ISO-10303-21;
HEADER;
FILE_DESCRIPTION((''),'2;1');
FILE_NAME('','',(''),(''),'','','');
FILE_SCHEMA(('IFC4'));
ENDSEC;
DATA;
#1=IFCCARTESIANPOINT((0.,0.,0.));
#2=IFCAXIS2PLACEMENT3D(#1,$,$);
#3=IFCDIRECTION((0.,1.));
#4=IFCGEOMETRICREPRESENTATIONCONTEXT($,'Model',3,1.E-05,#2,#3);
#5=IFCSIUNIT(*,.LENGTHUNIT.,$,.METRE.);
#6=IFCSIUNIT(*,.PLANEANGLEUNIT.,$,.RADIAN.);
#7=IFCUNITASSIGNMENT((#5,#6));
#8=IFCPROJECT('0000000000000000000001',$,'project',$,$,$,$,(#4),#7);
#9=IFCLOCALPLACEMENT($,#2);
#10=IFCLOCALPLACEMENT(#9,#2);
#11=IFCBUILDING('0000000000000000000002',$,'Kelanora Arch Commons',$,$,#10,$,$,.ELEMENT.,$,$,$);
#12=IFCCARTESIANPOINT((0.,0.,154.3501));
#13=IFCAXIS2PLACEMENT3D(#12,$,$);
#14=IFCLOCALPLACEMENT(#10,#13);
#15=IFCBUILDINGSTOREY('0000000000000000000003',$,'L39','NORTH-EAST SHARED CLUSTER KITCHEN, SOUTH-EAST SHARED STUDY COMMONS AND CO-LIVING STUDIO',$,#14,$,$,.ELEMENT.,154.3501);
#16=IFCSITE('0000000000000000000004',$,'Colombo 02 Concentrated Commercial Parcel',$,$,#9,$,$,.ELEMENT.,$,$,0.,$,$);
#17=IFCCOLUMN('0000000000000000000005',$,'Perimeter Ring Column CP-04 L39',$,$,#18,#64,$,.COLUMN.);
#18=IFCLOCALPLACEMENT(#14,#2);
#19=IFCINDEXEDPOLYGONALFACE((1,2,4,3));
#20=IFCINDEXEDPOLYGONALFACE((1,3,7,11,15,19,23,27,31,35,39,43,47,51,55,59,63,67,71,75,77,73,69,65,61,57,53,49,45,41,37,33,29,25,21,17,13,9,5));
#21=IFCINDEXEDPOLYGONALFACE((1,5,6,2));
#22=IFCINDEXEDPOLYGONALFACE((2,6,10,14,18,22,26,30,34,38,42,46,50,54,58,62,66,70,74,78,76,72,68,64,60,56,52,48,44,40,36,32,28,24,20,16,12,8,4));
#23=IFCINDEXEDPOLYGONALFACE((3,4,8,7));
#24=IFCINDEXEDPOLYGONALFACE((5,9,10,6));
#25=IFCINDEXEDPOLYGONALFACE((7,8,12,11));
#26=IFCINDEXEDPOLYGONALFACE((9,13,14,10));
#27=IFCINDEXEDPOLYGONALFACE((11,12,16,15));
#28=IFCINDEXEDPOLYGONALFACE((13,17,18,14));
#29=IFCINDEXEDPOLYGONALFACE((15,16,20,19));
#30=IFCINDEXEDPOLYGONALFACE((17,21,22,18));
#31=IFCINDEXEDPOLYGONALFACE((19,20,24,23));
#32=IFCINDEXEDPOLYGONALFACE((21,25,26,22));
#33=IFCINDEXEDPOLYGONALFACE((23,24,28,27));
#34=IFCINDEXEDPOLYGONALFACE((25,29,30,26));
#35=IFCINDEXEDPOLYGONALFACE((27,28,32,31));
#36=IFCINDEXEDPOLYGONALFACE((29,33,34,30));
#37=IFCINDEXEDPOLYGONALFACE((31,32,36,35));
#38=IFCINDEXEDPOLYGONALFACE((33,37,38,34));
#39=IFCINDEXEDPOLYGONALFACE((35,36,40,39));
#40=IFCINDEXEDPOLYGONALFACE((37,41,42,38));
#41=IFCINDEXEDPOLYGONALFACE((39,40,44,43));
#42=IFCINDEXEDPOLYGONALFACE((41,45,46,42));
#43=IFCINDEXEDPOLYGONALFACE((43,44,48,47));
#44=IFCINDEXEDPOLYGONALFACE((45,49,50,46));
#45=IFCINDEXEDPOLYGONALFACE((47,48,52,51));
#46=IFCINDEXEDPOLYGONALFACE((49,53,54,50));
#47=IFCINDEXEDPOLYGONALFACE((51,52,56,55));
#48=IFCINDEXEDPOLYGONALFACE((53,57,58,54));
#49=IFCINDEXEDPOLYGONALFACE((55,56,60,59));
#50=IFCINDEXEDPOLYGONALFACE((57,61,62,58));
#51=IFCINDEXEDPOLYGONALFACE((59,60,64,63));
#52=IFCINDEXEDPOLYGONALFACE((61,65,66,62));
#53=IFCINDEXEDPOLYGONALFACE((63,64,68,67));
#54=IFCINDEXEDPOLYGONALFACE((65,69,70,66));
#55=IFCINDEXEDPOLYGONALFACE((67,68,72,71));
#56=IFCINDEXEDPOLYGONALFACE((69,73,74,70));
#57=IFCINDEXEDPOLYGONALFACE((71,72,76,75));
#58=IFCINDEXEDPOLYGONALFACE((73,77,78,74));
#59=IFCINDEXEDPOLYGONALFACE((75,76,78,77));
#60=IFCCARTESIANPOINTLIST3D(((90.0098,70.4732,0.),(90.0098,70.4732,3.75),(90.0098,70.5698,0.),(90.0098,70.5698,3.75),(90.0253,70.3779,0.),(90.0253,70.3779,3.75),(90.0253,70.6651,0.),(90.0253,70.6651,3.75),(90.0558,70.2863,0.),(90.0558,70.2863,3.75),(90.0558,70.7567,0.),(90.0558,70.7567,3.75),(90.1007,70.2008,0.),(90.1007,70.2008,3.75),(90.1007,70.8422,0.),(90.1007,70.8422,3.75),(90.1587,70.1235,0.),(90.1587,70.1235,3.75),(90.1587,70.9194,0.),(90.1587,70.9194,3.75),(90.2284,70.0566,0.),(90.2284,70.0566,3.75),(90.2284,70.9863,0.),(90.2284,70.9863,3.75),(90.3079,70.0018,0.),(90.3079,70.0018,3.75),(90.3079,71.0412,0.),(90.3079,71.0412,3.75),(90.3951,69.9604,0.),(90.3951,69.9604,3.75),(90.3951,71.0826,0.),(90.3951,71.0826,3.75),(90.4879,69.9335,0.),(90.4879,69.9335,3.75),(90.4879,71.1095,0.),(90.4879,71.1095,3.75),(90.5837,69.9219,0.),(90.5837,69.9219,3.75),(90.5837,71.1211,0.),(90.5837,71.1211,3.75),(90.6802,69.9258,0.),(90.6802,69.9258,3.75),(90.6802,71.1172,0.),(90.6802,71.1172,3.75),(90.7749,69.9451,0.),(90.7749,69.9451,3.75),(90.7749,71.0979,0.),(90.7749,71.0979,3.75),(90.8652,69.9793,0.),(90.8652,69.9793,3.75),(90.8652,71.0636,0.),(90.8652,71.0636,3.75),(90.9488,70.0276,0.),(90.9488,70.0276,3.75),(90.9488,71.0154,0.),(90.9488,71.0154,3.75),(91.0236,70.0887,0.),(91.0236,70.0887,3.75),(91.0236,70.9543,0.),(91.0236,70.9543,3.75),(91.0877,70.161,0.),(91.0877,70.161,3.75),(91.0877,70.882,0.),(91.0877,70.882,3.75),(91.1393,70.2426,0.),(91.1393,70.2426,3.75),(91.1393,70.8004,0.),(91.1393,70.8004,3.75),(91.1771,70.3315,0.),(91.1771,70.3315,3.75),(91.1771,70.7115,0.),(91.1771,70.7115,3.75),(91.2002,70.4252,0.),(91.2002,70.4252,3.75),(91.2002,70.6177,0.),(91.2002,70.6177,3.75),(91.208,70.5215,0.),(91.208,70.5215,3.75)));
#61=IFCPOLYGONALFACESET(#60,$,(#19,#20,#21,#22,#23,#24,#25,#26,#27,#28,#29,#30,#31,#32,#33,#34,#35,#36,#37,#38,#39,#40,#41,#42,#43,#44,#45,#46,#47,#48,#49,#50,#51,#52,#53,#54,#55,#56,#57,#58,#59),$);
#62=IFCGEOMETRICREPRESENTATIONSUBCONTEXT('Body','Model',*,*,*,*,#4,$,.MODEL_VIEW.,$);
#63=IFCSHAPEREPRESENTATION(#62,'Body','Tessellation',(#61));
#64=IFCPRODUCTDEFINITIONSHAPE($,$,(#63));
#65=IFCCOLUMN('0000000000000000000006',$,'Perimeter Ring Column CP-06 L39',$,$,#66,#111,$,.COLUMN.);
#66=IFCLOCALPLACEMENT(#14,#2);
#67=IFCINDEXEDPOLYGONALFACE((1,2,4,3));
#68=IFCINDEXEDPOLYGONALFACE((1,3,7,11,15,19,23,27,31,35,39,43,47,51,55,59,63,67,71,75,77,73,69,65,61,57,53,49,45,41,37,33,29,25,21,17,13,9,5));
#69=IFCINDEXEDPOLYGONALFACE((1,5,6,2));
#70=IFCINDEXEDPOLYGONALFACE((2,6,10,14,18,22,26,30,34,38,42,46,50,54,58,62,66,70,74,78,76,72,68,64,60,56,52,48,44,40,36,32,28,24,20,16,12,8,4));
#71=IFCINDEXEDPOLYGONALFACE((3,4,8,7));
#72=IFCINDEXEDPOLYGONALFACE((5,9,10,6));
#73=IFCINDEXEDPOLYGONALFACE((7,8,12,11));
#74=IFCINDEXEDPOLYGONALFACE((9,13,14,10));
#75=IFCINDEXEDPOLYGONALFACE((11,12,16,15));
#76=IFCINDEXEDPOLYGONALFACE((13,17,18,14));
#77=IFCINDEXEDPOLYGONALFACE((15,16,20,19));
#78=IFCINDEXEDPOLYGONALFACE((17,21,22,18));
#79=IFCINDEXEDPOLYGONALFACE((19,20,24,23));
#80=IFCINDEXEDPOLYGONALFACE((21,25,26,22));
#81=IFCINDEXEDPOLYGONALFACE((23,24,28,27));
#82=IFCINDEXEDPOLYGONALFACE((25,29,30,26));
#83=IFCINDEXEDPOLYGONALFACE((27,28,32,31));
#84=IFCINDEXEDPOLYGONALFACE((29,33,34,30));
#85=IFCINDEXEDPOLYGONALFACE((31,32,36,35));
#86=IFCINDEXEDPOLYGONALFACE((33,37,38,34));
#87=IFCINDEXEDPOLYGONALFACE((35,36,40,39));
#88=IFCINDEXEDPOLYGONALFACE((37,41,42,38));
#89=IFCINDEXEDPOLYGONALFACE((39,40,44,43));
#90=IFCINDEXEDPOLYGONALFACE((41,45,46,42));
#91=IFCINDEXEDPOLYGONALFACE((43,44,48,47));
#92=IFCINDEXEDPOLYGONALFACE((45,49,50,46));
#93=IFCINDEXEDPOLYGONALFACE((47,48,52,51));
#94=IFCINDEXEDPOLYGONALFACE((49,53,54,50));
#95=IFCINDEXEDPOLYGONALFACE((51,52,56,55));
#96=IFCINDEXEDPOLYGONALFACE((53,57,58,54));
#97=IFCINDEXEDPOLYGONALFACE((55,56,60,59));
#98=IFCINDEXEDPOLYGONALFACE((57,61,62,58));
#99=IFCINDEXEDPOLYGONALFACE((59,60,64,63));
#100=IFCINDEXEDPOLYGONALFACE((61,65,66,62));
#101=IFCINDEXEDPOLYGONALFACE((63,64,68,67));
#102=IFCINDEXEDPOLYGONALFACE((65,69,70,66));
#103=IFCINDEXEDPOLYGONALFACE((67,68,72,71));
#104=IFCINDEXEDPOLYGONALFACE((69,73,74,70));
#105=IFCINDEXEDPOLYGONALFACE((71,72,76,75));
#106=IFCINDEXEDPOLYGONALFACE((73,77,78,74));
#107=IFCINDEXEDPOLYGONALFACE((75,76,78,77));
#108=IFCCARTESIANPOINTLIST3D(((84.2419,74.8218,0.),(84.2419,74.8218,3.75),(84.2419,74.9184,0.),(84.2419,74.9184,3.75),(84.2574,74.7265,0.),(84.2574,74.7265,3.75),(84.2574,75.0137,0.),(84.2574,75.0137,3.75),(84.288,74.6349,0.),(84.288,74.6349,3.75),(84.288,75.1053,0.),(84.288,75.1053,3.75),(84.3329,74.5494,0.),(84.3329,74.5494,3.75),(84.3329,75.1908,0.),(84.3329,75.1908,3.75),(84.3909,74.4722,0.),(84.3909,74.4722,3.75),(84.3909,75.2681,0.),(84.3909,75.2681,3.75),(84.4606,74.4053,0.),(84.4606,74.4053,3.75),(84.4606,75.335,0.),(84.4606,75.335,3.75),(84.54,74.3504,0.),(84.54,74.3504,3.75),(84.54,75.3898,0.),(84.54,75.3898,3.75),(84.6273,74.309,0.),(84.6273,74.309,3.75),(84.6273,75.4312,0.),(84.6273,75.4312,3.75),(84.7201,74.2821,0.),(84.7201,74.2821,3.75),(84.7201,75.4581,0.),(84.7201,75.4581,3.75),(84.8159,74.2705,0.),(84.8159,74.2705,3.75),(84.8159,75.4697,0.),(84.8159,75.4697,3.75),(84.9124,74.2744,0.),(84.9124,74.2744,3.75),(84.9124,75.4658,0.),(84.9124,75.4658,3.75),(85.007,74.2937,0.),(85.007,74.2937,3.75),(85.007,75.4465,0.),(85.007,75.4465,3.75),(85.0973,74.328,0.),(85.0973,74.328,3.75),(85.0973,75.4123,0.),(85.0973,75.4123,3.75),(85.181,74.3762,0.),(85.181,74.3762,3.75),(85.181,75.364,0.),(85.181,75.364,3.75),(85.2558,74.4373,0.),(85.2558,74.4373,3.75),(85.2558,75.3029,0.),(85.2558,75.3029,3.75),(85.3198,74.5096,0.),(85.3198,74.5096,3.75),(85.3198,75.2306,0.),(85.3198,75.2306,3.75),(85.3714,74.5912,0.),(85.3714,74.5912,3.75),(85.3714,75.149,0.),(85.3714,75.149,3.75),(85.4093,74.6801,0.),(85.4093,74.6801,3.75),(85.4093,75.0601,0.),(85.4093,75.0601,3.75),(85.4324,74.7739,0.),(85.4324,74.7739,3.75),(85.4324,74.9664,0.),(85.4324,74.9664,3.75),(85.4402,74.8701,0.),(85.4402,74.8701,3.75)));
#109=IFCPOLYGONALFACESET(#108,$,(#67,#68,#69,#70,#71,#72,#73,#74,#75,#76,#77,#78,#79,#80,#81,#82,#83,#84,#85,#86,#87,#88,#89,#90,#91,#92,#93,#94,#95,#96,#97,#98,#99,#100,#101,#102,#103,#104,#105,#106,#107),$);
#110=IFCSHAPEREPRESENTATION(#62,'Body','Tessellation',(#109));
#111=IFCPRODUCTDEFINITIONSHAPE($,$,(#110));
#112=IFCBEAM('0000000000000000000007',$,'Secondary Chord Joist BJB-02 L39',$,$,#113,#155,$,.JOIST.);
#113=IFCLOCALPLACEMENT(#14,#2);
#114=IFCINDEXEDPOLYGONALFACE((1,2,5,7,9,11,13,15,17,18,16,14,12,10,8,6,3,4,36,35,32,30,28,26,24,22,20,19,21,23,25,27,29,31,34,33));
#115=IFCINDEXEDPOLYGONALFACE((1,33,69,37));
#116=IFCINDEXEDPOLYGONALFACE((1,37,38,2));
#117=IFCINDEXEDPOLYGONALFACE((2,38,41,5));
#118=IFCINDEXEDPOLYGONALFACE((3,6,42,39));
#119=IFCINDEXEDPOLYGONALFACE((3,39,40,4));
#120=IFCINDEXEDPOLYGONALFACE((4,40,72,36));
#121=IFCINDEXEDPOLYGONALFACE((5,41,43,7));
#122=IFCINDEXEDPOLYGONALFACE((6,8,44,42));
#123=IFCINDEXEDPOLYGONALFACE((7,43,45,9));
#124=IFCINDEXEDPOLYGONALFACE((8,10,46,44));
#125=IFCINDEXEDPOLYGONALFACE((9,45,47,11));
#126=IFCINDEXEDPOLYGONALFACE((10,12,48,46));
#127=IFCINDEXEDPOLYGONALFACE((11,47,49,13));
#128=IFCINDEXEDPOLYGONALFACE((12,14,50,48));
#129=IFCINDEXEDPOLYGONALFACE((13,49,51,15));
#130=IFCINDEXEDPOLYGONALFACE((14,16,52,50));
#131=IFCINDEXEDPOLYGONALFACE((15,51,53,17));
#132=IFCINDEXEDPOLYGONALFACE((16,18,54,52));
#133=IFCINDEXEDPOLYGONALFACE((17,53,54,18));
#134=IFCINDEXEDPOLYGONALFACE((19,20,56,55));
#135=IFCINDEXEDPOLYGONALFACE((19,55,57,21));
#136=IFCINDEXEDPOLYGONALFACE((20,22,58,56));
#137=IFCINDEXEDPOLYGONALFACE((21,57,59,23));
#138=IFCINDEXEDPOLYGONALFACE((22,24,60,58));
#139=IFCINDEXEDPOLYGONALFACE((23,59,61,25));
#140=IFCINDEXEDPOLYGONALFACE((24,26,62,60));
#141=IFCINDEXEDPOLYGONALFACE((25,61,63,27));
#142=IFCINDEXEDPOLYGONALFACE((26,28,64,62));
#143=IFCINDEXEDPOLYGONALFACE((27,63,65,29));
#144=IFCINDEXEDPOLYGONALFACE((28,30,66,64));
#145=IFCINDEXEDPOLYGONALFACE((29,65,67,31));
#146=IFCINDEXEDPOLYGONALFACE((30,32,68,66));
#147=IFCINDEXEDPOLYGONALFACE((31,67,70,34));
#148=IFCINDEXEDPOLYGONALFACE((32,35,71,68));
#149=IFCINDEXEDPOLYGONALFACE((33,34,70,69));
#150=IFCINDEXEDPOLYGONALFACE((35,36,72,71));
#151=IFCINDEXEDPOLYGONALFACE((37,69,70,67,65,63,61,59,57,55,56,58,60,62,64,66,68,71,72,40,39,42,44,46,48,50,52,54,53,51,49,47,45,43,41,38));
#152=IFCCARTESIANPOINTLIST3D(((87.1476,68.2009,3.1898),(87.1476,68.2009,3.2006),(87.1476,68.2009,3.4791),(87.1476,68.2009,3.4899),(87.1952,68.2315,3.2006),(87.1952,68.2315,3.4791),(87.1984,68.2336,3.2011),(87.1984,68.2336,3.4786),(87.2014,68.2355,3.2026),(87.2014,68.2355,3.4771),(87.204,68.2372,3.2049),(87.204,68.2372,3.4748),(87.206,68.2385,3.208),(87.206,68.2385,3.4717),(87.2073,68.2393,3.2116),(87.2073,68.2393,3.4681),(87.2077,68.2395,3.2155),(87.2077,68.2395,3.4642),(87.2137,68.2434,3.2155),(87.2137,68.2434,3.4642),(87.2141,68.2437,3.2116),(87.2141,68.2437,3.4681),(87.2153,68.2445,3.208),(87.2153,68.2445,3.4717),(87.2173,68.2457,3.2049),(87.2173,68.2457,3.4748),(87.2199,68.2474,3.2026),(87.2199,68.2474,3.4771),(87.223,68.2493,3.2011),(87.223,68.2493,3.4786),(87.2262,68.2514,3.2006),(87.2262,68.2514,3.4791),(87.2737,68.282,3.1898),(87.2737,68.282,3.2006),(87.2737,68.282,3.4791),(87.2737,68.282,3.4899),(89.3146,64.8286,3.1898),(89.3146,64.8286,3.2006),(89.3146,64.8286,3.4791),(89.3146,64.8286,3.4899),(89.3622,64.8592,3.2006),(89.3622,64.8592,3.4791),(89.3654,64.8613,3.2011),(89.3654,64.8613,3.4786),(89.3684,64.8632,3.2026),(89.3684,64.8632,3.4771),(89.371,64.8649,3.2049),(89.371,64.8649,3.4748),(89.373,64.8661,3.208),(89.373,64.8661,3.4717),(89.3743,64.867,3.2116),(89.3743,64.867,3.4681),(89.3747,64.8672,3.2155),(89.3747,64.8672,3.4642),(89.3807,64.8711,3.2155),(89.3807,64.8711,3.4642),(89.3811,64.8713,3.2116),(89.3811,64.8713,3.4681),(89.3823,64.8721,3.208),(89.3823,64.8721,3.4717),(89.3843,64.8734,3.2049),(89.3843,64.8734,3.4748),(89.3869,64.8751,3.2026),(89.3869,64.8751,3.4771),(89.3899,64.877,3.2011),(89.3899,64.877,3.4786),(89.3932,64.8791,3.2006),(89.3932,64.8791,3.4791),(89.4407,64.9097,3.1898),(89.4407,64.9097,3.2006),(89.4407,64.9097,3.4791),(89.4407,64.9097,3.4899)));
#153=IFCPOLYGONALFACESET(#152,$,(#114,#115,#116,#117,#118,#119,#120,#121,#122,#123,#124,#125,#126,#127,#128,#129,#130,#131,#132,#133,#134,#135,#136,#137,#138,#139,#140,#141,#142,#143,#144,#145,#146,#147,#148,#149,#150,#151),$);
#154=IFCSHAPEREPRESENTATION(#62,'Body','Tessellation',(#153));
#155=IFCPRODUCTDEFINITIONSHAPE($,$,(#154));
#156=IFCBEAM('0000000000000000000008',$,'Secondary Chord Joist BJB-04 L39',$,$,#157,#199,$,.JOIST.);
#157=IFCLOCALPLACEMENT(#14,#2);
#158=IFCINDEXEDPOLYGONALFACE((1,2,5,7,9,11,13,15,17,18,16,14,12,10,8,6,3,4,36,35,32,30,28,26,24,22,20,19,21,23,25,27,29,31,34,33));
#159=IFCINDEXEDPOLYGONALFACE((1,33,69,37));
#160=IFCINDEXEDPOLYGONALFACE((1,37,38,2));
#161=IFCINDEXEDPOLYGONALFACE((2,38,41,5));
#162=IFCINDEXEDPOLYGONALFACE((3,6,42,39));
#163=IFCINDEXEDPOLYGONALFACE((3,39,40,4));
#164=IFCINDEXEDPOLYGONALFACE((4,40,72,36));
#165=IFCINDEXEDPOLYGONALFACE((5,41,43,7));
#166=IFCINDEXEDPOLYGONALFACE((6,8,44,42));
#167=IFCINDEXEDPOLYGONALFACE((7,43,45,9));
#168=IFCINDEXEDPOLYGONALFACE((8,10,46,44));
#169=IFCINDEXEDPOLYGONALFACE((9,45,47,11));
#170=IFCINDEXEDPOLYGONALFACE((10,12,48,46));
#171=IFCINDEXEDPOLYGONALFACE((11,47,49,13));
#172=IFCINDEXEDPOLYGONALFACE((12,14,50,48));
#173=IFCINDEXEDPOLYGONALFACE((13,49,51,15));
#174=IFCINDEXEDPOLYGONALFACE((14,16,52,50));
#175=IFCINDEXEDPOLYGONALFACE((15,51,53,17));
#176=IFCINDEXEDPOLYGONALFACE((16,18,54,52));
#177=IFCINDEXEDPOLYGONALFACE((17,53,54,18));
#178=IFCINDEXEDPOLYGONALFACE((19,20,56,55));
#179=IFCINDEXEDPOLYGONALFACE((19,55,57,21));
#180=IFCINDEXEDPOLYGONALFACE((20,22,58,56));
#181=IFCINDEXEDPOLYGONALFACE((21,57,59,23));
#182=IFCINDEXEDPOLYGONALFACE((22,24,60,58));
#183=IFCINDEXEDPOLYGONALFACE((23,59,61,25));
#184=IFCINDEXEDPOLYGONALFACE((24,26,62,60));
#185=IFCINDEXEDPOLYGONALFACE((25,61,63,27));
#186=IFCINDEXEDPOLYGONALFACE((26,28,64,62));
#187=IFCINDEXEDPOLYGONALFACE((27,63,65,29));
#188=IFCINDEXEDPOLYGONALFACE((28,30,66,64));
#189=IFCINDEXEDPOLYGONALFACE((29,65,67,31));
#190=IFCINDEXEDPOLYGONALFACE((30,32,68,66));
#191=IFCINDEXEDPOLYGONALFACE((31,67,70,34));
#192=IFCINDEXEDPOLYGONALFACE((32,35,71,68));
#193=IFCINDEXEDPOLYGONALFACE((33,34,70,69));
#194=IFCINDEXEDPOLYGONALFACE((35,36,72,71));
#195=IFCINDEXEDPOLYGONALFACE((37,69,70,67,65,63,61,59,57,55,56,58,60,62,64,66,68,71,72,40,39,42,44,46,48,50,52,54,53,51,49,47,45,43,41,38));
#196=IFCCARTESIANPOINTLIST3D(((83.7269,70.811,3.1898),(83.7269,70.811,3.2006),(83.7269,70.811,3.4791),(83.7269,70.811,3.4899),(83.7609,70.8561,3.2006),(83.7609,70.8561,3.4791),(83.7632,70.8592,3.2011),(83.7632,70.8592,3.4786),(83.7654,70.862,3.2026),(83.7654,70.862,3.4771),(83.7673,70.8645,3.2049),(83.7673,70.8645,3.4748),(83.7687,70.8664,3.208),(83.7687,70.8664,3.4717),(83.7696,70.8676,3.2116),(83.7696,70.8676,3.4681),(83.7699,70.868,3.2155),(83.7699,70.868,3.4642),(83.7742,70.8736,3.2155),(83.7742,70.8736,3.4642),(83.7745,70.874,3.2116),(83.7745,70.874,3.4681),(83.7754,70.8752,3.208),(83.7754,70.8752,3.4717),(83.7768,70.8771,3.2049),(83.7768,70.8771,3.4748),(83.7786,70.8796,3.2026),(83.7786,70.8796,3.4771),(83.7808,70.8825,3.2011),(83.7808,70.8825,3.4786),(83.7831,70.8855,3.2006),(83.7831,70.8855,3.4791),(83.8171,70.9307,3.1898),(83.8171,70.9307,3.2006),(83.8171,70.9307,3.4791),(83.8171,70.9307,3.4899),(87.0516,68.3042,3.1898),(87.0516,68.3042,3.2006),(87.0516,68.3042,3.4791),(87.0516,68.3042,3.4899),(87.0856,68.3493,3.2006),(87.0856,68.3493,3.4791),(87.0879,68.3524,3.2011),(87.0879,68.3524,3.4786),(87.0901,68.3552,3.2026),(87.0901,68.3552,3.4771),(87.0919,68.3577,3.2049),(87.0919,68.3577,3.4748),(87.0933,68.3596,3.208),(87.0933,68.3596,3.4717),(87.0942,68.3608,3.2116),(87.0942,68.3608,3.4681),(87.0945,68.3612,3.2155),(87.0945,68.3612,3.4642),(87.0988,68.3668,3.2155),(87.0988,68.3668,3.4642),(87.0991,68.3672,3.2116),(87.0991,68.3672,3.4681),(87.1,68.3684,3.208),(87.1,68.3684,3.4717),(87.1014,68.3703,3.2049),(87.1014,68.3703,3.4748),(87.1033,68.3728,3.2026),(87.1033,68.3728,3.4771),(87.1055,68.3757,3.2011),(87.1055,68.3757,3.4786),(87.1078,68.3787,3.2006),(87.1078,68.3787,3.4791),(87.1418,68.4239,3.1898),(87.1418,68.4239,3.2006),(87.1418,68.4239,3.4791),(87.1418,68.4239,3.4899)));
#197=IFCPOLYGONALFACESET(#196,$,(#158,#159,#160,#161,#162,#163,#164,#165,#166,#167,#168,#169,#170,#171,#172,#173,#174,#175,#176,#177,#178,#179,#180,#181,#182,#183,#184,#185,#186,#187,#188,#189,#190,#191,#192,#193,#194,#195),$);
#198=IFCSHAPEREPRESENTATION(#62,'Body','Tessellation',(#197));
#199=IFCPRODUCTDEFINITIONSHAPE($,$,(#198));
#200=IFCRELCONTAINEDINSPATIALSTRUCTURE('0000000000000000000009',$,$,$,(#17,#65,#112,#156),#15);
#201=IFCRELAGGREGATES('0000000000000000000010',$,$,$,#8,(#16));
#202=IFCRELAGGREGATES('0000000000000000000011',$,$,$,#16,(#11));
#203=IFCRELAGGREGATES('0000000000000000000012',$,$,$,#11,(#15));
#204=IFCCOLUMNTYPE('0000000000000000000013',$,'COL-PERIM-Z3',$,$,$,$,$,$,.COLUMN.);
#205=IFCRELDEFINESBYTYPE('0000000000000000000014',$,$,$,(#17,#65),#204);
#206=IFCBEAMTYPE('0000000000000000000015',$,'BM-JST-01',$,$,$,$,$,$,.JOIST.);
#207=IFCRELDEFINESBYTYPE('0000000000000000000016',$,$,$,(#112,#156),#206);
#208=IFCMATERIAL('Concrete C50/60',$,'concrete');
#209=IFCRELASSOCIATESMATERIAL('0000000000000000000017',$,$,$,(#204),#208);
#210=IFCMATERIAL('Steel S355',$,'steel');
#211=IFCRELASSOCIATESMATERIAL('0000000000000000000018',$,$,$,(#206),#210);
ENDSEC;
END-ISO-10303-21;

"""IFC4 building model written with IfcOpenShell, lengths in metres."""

from ifc_helpers import new_model, si_unit, direction, frame, origin, origin_2d, place, context, subcontext, project, spatial, circle, i_section, extrude, material, material_profile, profile_set, type_object, element, save


model = new_model("IFC4")

# Units and contexts
model_context = context("Model", 3, precision=1e-05, world=origin(), true_north=direction((0.0, 1.0)))
body_context = subcontext(model_context, "Body", "Model", "MODEL_VIEW")
ifc_project = project(units=[si_unit("LENGTHUNIT", "METRE"), si_unit("PLANEANGLEUNIT", "RADIAN")], contexts=[model_context])

# Site, building, storey
site_placement = place(None, origin())
site = spatial("IfcSite", under=ifc_project, at=site_placement, Name="Colombo 02 Concentrated Commercial Parcel", CompositionType="ELEMENT", RefElevation=0.0)
building_placement = place(site_placement, origin())
building = spatial("IfcBuilding", under=site, at=building_placement, Name="Kelanora Arch Commons", CompositionType="ELEMENT")
storey_placement = place(building_placement, frame((0.0, 0.0, 154.3501)))
storey = spatial("IfcBuildingStorey", under=building, at=storey_placement, Name="L39", Description="NORTH-EAST SHARED CLUSTER KITCHEN, SOUTH-EAST SHARED STUDY COMMONS AND CO-LIVING STUDIO", CompositionType="ELEMENT", Elevation=154.3501)

# Columns
ifc_material_1 = material(Name="Concrete C50/60", Category="concrete")
ifc_material_profile_1 = material_profile(ifc_material_1, circle(Radius=0.6001, at=origin_2d()), Name="RCC1200")
ifc_profile_set_1 = profile_set([ifc_material_profile_1], Name="Concrete C50/60")
column_type = type_object("IfcColumnType", Name="COL-PERIM-Z3", PredefinedType="COLUMN", material=ifc_profile_set_1)
for number, where, z_axis, x_axis, name in (
    (1, (90.6079, 70.5215, 0.0), (0.0, 0.0, 1.0), (1.0, 0.0, 0.0), "Perimeter Ring Column CP-04 L39"),
    (2, (84.8401, 74.8701, 0.0), (0.0, 0.0, 1.0), (1.0, 0.0, 0.0), "Perimeter Ring Column CP-06 L39"),
):
    element("IfcColumn", number, at=place(storey_placement, frame(where, z_axis=z_axis, x_axis=x_axis)), inside=storey, type_object=column_type, Name=name, PredefinedType="COLUMN", context=body_context, shape_type="SweptSolid", body=[
        extrude(circle(Radius=0.6001, at=origin_2d()), origin(), (0.0, 0.0, 1.0), 3.75),
    ])

# Beams
ifc_material_2 = material(Name="Steel S355", Category="steel")
ifc_material_profile_2 = material_profile(ifc_material_2, i_section(OverallWidth=0.1499, OverallDepth=0.3, WebThickness=0.0071, FlangeThickness=0.0107, FilletRadius=0.0149, at=origin_2d()), Name="IPE300")
ifc_profile_set_2 = profile_set([ifc_material_profile_2], Name="Steel S355")
beam_type_1 = type_object("IfcBeamType", Name="BM-JST-01", PredefinedType="JOIST", material=ifc_profile_set_2)
beam_1_placement = place(storey_placement, frame((89.3777, 64.8691, 3.3398), z_axis=(-0.540594, 0.841283, 0.0), x_axis=(-0.841283, -0.540594, 0.0)))
element("IfcBeam", 3, at=beam_1_placement, inside=storey, type_object=beam_type_1, Name="Secondary Chord Joist BJB-02 L39", PredefinedType="JOIST", context=body_context, shape_type="SweptSolid", body=[
    extrude(i_section(OverallWidth=0.1499, OverallDepth=0.3, WebThickness=0.0071, FlangeThickness=0.0107, FilletRadius=0.0149, at=origin_2d()), origin(), (0.0, 0.0, 1.0), 4.0085),
])
beam_2_placement = place(storey_placement, frame((87.0967, 68.364, 3.3398), z_axis=(-0.798464, 0.602043, 0.0), x_axis=(-0.602043, -0.798464, 0.0)))
element("IfcBeam", 4, at=beam_2_placement, inside=storey, type_object=beam_type_1, Name="Secondary Chord Joist BJB-04 L39", PredefinedType="JOIST", context=body_context, shape_type="SweptSolid", body=[
    extrude(i_section(OverallWidth=0.1499, OverallDepth=0.3, WebThickness=0.0071, FlangeThickness=0.0107, FilletRadius=0.0149, at=origin_2d()), origin(), (0.0, 0.0, 1.0), 4.1638),
])

save(model, "model.ifc")
